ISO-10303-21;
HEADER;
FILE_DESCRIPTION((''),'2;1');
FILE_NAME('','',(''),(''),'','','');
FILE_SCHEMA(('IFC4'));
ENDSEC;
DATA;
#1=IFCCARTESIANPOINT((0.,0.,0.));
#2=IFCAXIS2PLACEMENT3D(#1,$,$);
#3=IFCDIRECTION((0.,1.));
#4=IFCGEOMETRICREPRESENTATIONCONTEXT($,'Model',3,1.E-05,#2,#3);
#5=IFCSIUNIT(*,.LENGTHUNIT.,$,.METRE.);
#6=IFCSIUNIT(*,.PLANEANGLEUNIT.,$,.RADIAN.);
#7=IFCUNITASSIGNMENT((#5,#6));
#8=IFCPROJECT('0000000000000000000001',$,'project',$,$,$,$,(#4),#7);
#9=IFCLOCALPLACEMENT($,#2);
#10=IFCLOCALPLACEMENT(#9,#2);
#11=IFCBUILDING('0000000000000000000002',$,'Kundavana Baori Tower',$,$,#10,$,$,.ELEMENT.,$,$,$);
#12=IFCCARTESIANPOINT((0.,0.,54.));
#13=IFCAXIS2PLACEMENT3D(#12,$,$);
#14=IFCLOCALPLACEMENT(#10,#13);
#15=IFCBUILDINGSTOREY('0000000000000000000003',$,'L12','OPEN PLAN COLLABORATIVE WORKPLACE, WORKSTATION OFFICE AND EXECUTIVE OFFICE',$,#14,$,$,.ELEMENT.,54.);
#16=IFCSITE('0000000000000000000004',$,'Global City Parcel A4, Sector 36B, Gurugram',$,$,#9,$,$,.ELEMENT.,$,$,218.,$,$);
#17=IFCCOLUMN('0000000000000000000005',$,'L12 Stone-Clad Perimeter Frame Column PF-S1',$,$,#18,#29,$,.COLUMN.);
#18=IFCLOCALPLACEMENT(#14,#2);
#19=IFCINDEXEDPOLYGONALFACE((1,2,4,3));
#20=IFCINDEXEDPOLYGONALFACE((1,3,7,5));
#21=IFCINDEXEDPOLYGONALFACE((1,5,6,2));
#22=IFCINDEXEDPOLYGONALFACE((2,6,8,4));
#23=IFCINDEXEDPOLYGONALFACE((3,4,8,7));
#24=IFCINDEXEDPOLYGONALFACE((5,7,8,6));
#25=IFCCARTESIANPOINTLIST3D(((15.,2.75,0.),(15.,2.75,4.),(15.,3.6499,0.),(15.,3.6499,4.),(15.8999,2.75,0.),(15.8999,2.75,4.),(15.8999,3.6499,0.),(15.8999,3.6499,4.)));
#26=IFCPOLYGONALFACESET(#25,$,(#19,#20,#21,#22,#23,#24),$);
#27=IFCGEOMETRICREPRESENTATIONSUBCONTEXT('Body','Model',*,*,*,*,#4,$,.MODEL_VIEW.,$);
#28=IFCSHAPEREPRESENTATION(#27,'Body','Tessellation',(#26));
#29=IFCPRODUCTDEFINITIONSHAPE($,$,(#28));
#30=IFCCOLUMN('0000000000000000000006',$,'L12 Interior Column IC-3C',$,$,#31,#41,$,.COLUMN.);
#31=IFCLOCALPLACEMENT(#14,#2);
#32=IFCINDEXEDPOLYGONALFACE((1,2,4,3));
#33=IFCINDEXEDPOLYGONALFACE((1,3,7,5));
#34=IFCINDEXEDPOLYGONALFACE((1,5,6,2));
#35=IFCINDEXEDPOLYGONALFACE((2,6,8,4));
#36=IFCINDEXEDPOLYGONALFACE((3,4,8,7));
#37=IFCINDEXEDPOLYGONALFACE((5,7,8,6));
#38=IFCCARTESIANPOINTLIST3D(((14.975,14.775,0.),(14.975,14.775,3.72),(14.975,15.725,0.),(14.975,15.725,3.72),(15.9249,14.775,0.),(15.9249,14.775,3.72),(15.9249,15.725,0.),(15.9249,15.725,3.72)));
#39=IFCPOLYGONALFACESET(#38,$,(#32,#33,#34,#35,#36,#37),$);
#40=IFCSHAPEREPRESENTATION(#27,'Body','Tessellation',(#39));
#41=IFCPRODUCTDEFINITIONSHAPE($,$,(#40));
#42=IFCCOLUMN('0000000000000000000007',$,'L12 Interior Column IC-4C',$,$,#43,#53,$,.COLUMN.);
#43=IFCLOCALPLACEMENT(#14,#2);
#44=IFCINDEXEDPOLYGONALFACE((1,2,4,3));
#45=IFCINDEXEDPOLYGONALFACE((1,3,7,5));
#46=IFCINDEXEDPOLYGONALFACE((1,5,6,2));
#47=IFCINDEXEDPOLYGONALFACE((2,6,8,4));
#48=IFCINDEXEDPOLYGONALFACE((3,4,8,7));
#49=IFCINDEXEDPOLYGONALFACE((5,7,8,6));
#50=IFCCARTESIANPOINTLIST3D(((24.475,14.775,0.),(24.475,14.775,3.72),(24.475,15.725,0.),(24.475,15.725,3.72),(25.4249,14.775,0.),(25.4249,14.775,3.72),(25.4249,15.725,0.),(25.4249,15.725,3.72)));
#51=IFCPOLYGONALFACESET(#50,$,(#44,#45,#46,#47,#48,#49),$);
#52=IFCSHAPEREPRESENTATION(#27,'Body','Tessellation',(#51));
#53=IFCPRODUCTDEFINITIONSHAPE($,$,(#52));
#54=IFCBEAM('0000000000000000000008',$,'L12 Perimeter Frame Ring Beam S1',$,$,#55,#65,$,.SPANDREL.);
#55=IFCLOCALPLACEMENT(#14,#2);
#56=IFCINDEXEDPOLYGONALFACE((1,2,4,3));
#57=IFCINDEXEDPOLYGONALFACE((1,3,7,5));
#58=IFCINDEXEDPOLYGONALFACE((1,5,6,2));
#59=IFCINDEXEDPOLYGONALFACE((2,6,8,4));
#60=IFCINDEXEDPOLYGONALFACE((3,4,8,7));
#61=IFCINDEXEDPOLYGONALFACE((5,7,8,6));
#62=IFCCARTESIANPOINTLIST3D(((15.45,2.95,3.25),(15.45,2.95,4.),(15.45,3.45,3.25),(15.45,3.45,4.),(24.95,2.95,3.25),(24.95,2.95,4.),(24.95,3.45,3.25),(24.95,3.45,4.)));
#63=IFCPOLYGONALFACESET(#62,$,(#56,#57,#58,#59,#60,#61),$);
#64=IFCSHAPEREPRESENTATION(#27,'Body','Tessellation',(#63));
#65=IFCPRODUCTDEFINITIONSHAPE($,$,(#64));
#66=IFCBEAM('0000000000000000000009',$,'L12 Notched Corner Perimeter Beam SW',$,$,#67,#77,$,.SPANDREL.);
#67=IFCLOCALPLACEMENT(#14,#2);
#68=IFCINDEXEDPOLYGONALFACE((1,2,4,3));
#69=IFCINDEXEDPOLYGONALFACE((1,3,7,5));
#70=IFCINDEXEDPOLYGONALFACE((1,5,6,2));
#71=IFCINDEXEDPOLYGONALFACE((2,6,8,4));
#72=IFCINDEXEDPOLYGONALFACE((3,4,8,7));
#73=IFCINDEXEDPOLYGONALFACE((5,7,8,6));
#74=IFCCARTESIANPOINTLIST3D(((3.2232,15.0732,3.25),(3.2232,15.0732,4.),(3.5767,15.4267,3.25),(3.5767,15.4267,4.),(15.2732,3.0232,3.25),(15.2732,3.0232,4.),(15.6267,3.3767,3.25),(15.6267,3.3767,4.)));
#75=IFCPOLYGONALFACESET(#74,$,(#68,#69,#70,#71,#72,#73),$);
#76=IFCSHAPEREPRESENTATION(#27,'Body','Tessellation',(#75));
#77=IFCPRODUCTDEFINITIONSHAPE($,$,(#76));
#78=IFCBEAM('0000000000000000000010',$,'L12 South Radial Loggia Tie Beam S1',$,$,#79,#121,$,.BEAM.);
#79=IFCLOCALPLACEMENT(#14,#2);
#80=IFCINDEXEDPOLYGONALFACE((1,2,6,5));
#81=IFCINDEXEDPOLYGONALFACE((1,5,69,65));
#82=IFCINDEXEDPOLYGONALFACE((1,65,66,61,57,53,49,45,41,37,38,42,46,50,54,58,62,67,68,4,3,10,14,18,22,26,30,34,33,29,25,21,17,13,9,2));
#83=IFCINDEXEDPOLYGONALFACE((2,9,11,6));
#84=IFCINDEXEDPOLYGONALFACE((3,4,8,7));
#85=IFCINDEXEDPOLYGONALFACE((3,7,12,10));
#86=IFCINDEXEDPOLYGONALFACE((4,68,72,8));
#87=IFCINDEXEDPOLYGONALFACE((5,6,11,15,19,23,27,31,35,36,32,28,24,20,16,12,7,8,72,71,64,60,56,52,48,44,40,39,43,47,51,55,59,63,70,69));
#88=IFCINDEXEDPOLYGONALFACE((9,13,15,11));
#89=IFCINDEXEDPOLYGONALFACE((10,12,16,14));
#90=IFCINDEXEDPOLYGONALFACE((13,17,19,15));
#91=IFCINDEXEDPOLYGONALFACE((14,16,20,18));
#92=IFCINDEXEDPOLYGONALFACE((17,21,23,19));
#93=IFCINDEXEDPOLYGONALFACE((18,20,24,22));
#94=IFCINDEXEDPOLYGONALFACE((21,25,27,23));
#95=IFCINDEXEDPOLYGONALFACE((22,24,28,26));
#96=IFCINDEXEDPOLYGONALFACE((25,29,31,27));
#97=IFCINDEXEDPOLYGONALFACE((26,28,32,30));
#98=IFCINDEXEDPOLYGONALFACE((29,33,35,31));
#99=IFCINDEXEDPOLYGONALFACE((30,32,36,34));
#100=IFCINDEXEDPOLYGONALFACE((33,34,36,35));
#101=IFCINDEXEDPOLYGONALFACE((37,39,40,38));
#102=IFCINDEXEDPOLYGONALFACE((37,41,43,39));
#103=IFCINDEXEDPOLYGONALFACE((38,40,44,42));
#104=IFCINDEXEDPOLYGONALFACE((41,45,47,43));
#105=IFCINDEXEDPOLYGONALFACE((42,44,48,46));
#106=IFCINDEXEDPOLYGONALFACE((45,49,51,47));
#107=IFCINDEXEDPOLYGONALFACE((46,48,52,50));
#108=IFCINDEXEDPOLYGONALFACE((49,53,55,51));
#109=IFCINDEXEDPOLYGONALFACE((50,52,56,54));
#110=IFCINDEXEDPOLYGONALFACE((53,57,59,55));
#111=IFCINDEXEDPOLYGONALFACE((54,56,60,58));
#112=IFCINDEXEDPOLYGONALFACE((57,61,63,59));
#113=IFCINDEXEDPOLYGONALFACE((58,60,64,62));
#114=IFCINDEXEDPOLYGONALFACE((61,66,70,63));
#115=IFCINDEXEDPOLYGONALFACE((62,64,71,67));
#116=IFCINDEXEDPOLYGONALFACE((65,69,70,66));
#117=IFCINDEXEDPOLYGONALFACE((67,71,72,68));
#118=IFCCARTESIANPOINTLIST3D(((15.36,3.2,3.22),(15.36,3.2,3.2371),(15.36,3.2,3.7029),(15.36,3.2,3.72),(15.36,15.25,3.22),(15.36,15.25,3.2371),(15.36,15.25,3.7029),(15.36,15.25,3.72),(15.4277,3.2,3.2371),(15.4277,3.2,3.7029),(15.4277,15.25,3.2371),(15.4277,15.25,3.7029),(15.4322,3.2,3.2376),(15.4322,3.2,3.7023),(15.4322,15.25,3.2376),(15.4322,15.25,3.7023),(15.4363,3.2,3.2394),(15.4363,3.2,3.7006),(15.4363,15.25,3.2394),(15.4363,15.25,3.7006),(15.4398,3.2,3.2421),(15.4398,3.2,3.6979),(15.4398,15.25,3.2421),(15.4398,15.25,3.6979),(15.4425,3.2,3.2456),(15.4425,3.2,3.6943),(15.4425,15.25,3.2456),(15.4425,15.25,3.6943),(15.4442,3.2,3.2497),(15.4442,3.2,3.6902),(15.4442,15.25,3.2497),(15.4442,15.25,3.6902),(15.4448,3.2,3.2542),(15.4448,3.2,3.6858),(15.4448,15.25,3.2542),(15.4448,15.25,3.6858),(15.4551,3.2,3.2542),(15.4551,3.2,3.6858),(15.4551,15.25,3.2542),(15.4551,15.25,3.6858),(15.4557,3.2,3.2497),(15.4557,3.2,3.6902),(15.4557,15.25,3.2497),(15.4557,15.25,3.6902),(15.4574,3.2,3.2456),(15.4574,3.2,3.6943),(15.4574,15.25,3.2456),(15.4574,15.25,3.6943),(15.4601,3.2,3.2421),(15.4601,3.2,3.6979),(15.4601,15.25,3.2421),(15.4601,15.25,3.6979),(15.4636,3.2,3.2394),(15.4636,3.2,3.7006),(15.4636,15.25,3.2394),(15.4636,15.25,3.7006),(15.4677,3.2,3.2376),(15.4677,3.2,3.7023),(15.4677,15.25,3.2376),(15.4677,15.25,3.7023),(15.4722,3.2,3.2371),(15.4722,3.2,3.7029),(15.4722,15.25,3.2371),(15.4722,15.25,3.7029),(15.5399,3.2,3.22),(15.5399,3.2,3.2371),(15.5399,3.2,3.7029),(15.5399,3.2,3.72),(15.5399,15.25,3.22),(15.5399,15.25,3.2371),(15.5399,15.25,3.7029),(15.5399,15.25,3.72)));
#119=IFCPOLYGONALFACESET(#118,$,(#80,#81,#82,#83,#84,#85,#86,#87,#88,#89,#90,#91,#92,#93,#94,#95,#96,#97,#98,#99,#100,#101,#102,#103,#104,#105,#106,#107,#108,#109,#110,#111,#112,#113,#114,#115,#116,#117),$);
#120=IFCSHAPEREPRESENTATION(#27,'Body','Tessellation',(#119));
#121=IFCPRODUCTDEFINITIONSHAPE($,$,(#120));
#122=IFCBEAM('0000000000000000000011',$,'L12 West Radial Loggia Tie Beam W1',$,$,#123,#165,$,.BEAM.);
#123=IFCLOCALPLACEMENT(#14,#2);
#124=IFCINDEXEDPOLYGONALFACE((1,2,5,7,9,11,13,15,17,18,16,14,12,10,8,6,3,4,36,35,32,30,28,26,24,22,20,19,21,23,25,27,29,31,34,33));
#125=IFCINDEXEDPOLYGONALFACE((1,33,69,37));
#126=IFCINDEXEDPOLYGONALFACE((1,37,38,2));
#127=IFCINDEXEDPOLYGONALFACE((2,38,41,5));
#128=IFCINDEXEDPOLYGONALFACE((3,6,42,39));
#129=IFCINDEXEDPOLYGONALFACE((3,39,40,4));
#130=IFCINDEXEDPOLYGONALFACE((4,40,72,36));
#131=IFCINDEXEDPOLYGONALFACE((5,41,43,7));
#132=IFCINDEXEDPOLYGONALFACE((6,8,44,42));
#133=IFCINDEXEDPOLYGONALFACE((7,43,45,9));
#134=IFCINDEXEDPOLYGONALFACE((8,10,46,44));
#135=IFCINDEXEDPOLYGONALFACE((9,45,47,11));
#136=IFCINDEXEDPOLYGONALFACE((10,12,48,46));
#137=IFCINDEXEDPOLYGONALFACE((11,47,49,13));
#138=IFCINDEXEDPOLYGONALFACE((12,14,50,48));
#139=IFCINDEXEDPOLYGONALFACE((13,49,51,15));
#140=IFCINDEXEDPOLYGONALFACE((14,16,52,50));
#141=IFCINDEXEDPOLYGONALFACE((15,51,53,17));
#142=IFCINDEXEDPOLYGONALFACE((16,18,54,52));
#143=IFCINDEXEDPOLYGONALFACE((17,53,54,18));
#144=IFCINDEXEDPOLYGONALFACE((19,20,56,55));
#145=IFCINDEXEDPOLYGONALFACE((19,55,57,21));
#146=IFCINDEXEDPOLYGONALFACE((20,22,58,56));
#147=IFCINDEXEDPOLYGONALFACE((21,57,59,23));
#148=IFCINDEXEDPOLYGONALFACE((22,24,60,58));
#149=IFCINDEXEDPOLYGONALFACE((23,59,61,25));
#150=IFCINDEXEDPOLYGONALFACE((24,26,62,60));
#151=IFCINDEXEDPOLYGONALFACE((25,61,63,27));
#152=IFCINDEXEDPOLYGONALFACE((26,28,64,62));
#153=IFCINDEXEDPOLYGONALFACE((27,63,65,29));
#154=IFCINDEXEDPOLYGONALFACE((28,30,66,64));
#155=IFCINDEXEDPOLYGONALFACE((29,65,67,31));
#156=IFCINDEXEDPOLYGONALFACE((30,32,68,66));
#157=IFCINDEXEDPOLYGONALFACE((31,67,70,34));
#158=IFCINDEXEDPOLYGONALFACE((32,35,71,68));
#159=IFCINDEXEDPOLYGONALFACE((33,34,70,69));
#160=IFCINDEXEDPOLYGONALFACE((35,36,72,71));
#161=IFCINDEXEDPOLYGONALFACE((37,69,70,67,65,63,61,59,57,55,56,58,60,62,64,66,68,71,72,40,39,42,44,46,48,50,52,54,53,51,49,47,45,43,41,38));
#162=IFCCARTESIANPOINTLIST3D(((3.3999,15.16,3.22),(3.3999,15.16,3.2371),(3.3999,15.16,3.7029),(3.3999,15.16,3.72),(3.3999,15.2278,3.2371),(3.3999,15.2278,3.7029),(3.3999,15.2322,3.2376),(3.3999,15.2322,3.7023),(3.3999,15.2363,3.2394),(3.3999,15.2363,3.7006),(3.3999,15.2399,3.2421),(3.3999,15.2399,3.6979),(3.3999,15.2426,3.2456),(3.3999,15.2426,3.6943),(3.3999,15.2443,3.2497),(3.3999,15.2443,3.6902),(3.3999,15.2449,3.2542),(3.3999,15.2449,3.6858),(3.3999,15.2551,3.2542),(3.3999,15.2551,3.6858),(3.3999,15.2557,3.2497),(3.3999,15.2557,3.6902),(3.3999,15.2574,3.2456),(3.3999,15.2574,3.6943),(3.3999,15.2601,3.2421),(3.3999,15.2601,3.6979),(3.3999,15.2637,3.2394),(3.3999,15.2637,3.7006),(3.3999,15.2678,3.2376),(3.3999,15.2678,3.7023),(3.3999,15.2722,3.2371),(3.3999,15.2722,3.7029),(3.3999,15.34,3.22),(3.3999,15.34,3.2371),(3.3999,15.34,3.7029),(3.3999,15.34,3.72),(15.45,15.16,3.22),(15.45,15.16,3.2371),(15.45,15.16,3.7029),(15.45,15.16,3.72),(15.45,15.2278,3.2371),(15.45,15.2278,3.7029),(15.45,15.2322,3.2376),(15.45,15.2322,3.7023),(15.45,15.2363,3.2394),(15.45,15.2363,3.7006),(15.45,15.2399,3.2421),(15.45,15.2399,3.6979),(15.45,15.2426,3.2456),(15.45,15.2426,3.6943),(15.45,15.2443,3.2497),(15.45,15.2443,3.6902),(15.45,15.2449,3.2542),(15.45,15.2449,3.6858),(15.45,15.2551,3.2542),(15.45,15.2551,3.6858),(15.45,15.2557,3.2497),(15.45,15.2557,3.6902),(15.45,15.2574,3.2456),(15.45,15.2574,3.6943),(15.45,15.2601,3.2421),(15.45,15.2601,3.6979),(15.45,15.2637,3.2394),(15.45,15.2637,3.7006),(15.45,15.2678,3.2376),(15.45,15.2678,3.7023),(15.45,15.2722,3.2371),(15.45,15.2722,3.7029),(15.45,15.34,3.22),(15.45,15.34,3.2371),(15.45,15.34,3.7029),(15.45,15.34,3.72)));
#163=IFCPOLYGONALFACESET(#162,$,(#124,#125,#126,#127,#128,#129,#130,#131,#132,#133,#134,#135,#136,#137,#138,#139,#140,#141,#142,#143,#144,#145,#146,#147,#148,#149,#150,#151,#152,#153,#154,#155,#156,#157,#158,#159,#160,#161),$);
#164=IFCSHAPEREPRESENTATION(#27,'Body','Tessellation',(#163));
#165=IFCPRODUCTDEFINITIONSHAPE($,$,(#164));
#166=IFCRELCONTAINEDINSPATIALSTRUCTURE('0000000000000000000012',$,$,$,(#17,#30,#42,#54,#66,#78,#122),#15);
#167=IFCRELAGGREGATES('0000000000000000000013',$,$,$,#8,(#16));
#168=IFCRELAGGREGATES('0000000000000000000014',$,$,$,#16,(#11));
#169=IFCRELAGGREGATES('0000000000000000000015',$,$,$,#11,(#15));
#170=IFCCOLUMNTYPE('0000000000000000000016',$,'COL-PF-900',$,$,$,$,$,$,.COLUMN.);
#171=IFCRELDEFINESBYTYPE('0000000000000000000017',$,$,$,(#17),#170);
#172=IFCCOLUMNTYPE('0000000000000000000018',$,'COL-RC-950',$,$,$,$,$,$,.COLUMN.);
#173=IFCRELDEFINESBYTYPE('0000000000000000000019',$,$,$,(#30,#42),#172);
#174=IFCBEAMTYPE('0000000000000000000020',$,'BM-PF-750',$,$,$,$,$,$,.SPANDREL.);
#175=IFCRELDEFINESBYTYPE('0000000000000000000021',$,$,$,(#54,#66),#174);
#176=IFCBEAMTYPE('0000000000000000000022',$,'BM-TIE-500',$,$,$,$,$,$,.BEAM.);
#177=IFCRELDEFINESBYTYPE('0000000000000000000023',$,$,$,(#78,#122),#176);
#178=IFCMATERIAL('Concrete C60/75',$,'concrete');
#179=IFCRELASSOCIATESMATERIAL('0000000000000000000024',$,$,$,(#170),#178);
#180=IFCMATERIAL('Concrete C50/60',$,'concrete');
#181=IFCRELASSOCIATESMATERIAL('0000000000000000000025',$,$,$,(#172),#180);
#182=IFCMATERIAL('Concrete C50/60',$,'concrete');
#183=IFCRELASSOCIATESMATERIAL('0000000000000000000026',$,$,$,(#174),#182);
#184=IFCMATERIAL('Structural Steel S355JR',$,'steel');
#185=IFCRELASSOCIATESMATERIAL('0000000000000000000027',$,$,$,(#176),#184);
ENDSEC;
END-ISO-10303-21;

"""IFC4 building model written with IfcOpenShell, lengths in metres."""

from ifc_helpers import new_model, si_unit, direction, frame, origin, origin_2d, place, context, subcontext, project, spatial, rectangle, i_section, extrude, material, material_profile, profile_set, type_object, element, save


model = new_model("IFC4")

# Units and contexts
model_context = context("Model", 3, precision=1e-05, world=origin(), true_north=direction((0.0, 1.0)))
body_context = subcontext(model_context, "Body", "Model", "MODEL_VIEW")
ifc_project = project(units=[si_unit("LENGTHUNIT", "METRE"), si_unit("PLANEANGLEUNIT", "RADIAN")], contexts=[model_context])

# Site, building, storey
site_placement = place(None, origin())
site = spatial("IfcSite", under=ifc_project, at=site_placement, Name="Global City Parcel A4, Sector 36B, Gurugram", CompositionType="ELEMENT", RefElevation=218.0)
building_placement = place(site_placement, origin())
building = spatial("IfcBuilding", under=site, at=building_placement, Name="Kundavana Baori Tower", CompositionType="ELEMENT")
storey_placement = place(building_placement, frame((0.0, 0.0, 54.0)))
storey = spatial("IfcBuildingStorey", under=building, at=storey_placement, Name="L12", Description="OPEN PLAN COLLABORATIVE WORKPLACE, WORKSTATION OFFICE AND EXECUTIVE OFFICE", CompositionType="ELEMENT", Elevation=54.0)

# Columns
ifc_material_1 = material(Name="Concrete C60/75", Category="concrete")
ifc_material_profile_1 = material_profile(ifc_material_1, rectangle(XDim=0.8999, YDim=0.8999, at=origin_2d()), Name="RC PF 900x900")
ifc_profile_set_1 = profile_set([ifc_material_profile_1], Name="Concrete C60/75")
column_type_1 = type_object("IfcColumnType", Name="COL-PF-900", PredefinedType="COLUMN", material=ifc_profile_set_1)
column_placement = place(storey_placement, frame((15.45, 3.2, 0.0), z_axis=(0.0, 0.0, 1.0), x_axis=(1.0, 0.0, 0.0)))
element("IfcColumn", 1, at=column_placement, inside=storey, type_object=column_type_1, Name="L12 Stone-Clad Perimeter Frame Column PF-S1", PredefinedType="COLUMN", context=body_context, shape_type="SweptSolid", body=[
    extrude(rectangle(XDim=0.8999, YDim=0.8999, at=origin_2d()), origin(), (0.0, 0.0, 1.0), 4.0),
])
ifc_material_2 = material(Name="Concrete C50/60", Category="concrete")
ifc_material_profile_2 = material_profile(ifc_material_2, rectangle(XDim=0.95, YDim=0.95, at=origin_2d()), Name="RC 950x950")
ifc_profile_set_2 = profile_set([ifc_material_profile_2], Name="Concrete C50/60")
column_type_2 = type_object("IfcColumnType", Name="COL-RC-950", PredefinedType="COLUMN", material=ifc_profile_set_2)
for number, where, z_axis, x_axis, name in (
    (2, (15.45, 15.25, 0.0), (0.0, 0.0, 1.0), (1.0, 0.0, 0.0), "L12 Interior Column IC-3C"),
    (3, (24.95, 15.25, 0.0), (0.0, 0.0, 1.0), (1.0, 0.0, 0.0), "L12 Interior Column IC-4C"),
):
    element("IfcColumn", number, at=place(storey_placement, frame(where, z_axis=z_axis, x_axis=x_axis)), inside=storey, type_object=column_type_2, Name=name, PredefinedType="COLUMN", context=body_context, shape_type="SweptSolid", body=[
        extrude(rectangle(XDim=0.95, YDim=0.95, at=origin_2d()), origin(), (0.0, 0.0, 1.0), 3.72),
    ])

# Beams
ifc_material_3 = material(Name="Concrete C50/60", Category="concrete")
ifc_material_profile_3 = material_profile(ifc_material_3, rectangle(XDim=0.5, YDim=0.75, at=origin_2d()), Name="RC BM 500x750")
ifc_profile_set_3 = profile_set([ifc_material_profile_3], Name="Concrete C50/60")
beam_type_1 = type_object("IfcBeamType", Name="BM-PF-750", PredefinedType="SPANDREL", material=ifc_profile_set_3)
beam_1_placement = place(storey_placement, frame((15.45, 3.2, 3.625), z_axis=(1.0, 0.0, 0.0), x_axis=(0.0, 1.0, 0.0)))
element("IfcBeam", 4, at=beam_1_placement, inside=storey, type_object=beam_type_1, Name="L12 Perimeter Frame Ring Beam S1", PredefinedType="SPANDREL", context=body_context, shape_type="SweptSolid", body=[
    extrude(rectangle(XDim=0.5, YDim=0.75, at=origin_2d()), origin(), (0.0, 0.0, 1.0), 9.5),
])
beam_2_placement = place(storey_placement, frame((15.45, 3.2, 3.625), z_axis=(-0.707107, 0.707107, 0.0), x_axis=(-0.707107, -0.707107, 0.0)))
element("IfcBeam", 5, at=beam_2_placement, inside=storey, type_object=beam_type_1, Name="L12 Notched Corner Perimeter Beam SW", PredefinedType="SPANDREL", context=body_context, shape_type="SweptSolid", body=[
    extrude(rectangle(XDim=0.5, YDim=0.75, at=origin_2d()), origin(), (0.0, 0.0, 1.0), 17.0413),
])
ifc_material_4 = material(Name="Structural Steel S355JR", Category="steel")
ifc_material_profile_4 = material_profile(ifc_material_4, i_section(OverallWidth=0.1799, OverallDepth=0.5, WebThickness=0.0103, FlangeThickness=0.0171, FilletRadius=0.0171, at=origin_2d()), Name="ISMB 500")
ifc_profile_set_4 = profile_set([ifc_material_profile_4], Name="Structural Steel S355JR")
beam_type_2 = type_object("IfcBeamType", Name="BM-TIE-500", PredefinedType="BEAM", material=ifc_profile_set_4)
for number, where, z_axis, x_axis, name in (
    (6, (15.45, 15.25, 3.47), (0.0, -1.0, 0.0), (1.0, 0.0, 0.0), "L12 South Radial Loggia Tie Beam S1"),
    (7, (15.45, 15.25, 3.47), (-1.0, 0.0, 0.0), (0.0, -1.0, 0.0), "L12 West Radial Loggia Tie Beam W1"),
):
    element("IfcBeam", number, at=place(storey_placement, frame(where, z_axis=z_axis, x_axis=x_axis)), inside=storey, type_object=beam_type_2, Name=name, PredefinedType="BEAM", context=body_context, shape_type="SweptSolid", body=[
        extrude(i_section(OverallWidth=0.1799, OverallDepth=0.5, WebThickness=0.0103, FlangeThickness=0.0171, FilletRadius=0.0171, at=origin_2d()), origin(), (0.0, 0.0, 1.0), 12.05),
    ])

save(model, "model.ifc")
